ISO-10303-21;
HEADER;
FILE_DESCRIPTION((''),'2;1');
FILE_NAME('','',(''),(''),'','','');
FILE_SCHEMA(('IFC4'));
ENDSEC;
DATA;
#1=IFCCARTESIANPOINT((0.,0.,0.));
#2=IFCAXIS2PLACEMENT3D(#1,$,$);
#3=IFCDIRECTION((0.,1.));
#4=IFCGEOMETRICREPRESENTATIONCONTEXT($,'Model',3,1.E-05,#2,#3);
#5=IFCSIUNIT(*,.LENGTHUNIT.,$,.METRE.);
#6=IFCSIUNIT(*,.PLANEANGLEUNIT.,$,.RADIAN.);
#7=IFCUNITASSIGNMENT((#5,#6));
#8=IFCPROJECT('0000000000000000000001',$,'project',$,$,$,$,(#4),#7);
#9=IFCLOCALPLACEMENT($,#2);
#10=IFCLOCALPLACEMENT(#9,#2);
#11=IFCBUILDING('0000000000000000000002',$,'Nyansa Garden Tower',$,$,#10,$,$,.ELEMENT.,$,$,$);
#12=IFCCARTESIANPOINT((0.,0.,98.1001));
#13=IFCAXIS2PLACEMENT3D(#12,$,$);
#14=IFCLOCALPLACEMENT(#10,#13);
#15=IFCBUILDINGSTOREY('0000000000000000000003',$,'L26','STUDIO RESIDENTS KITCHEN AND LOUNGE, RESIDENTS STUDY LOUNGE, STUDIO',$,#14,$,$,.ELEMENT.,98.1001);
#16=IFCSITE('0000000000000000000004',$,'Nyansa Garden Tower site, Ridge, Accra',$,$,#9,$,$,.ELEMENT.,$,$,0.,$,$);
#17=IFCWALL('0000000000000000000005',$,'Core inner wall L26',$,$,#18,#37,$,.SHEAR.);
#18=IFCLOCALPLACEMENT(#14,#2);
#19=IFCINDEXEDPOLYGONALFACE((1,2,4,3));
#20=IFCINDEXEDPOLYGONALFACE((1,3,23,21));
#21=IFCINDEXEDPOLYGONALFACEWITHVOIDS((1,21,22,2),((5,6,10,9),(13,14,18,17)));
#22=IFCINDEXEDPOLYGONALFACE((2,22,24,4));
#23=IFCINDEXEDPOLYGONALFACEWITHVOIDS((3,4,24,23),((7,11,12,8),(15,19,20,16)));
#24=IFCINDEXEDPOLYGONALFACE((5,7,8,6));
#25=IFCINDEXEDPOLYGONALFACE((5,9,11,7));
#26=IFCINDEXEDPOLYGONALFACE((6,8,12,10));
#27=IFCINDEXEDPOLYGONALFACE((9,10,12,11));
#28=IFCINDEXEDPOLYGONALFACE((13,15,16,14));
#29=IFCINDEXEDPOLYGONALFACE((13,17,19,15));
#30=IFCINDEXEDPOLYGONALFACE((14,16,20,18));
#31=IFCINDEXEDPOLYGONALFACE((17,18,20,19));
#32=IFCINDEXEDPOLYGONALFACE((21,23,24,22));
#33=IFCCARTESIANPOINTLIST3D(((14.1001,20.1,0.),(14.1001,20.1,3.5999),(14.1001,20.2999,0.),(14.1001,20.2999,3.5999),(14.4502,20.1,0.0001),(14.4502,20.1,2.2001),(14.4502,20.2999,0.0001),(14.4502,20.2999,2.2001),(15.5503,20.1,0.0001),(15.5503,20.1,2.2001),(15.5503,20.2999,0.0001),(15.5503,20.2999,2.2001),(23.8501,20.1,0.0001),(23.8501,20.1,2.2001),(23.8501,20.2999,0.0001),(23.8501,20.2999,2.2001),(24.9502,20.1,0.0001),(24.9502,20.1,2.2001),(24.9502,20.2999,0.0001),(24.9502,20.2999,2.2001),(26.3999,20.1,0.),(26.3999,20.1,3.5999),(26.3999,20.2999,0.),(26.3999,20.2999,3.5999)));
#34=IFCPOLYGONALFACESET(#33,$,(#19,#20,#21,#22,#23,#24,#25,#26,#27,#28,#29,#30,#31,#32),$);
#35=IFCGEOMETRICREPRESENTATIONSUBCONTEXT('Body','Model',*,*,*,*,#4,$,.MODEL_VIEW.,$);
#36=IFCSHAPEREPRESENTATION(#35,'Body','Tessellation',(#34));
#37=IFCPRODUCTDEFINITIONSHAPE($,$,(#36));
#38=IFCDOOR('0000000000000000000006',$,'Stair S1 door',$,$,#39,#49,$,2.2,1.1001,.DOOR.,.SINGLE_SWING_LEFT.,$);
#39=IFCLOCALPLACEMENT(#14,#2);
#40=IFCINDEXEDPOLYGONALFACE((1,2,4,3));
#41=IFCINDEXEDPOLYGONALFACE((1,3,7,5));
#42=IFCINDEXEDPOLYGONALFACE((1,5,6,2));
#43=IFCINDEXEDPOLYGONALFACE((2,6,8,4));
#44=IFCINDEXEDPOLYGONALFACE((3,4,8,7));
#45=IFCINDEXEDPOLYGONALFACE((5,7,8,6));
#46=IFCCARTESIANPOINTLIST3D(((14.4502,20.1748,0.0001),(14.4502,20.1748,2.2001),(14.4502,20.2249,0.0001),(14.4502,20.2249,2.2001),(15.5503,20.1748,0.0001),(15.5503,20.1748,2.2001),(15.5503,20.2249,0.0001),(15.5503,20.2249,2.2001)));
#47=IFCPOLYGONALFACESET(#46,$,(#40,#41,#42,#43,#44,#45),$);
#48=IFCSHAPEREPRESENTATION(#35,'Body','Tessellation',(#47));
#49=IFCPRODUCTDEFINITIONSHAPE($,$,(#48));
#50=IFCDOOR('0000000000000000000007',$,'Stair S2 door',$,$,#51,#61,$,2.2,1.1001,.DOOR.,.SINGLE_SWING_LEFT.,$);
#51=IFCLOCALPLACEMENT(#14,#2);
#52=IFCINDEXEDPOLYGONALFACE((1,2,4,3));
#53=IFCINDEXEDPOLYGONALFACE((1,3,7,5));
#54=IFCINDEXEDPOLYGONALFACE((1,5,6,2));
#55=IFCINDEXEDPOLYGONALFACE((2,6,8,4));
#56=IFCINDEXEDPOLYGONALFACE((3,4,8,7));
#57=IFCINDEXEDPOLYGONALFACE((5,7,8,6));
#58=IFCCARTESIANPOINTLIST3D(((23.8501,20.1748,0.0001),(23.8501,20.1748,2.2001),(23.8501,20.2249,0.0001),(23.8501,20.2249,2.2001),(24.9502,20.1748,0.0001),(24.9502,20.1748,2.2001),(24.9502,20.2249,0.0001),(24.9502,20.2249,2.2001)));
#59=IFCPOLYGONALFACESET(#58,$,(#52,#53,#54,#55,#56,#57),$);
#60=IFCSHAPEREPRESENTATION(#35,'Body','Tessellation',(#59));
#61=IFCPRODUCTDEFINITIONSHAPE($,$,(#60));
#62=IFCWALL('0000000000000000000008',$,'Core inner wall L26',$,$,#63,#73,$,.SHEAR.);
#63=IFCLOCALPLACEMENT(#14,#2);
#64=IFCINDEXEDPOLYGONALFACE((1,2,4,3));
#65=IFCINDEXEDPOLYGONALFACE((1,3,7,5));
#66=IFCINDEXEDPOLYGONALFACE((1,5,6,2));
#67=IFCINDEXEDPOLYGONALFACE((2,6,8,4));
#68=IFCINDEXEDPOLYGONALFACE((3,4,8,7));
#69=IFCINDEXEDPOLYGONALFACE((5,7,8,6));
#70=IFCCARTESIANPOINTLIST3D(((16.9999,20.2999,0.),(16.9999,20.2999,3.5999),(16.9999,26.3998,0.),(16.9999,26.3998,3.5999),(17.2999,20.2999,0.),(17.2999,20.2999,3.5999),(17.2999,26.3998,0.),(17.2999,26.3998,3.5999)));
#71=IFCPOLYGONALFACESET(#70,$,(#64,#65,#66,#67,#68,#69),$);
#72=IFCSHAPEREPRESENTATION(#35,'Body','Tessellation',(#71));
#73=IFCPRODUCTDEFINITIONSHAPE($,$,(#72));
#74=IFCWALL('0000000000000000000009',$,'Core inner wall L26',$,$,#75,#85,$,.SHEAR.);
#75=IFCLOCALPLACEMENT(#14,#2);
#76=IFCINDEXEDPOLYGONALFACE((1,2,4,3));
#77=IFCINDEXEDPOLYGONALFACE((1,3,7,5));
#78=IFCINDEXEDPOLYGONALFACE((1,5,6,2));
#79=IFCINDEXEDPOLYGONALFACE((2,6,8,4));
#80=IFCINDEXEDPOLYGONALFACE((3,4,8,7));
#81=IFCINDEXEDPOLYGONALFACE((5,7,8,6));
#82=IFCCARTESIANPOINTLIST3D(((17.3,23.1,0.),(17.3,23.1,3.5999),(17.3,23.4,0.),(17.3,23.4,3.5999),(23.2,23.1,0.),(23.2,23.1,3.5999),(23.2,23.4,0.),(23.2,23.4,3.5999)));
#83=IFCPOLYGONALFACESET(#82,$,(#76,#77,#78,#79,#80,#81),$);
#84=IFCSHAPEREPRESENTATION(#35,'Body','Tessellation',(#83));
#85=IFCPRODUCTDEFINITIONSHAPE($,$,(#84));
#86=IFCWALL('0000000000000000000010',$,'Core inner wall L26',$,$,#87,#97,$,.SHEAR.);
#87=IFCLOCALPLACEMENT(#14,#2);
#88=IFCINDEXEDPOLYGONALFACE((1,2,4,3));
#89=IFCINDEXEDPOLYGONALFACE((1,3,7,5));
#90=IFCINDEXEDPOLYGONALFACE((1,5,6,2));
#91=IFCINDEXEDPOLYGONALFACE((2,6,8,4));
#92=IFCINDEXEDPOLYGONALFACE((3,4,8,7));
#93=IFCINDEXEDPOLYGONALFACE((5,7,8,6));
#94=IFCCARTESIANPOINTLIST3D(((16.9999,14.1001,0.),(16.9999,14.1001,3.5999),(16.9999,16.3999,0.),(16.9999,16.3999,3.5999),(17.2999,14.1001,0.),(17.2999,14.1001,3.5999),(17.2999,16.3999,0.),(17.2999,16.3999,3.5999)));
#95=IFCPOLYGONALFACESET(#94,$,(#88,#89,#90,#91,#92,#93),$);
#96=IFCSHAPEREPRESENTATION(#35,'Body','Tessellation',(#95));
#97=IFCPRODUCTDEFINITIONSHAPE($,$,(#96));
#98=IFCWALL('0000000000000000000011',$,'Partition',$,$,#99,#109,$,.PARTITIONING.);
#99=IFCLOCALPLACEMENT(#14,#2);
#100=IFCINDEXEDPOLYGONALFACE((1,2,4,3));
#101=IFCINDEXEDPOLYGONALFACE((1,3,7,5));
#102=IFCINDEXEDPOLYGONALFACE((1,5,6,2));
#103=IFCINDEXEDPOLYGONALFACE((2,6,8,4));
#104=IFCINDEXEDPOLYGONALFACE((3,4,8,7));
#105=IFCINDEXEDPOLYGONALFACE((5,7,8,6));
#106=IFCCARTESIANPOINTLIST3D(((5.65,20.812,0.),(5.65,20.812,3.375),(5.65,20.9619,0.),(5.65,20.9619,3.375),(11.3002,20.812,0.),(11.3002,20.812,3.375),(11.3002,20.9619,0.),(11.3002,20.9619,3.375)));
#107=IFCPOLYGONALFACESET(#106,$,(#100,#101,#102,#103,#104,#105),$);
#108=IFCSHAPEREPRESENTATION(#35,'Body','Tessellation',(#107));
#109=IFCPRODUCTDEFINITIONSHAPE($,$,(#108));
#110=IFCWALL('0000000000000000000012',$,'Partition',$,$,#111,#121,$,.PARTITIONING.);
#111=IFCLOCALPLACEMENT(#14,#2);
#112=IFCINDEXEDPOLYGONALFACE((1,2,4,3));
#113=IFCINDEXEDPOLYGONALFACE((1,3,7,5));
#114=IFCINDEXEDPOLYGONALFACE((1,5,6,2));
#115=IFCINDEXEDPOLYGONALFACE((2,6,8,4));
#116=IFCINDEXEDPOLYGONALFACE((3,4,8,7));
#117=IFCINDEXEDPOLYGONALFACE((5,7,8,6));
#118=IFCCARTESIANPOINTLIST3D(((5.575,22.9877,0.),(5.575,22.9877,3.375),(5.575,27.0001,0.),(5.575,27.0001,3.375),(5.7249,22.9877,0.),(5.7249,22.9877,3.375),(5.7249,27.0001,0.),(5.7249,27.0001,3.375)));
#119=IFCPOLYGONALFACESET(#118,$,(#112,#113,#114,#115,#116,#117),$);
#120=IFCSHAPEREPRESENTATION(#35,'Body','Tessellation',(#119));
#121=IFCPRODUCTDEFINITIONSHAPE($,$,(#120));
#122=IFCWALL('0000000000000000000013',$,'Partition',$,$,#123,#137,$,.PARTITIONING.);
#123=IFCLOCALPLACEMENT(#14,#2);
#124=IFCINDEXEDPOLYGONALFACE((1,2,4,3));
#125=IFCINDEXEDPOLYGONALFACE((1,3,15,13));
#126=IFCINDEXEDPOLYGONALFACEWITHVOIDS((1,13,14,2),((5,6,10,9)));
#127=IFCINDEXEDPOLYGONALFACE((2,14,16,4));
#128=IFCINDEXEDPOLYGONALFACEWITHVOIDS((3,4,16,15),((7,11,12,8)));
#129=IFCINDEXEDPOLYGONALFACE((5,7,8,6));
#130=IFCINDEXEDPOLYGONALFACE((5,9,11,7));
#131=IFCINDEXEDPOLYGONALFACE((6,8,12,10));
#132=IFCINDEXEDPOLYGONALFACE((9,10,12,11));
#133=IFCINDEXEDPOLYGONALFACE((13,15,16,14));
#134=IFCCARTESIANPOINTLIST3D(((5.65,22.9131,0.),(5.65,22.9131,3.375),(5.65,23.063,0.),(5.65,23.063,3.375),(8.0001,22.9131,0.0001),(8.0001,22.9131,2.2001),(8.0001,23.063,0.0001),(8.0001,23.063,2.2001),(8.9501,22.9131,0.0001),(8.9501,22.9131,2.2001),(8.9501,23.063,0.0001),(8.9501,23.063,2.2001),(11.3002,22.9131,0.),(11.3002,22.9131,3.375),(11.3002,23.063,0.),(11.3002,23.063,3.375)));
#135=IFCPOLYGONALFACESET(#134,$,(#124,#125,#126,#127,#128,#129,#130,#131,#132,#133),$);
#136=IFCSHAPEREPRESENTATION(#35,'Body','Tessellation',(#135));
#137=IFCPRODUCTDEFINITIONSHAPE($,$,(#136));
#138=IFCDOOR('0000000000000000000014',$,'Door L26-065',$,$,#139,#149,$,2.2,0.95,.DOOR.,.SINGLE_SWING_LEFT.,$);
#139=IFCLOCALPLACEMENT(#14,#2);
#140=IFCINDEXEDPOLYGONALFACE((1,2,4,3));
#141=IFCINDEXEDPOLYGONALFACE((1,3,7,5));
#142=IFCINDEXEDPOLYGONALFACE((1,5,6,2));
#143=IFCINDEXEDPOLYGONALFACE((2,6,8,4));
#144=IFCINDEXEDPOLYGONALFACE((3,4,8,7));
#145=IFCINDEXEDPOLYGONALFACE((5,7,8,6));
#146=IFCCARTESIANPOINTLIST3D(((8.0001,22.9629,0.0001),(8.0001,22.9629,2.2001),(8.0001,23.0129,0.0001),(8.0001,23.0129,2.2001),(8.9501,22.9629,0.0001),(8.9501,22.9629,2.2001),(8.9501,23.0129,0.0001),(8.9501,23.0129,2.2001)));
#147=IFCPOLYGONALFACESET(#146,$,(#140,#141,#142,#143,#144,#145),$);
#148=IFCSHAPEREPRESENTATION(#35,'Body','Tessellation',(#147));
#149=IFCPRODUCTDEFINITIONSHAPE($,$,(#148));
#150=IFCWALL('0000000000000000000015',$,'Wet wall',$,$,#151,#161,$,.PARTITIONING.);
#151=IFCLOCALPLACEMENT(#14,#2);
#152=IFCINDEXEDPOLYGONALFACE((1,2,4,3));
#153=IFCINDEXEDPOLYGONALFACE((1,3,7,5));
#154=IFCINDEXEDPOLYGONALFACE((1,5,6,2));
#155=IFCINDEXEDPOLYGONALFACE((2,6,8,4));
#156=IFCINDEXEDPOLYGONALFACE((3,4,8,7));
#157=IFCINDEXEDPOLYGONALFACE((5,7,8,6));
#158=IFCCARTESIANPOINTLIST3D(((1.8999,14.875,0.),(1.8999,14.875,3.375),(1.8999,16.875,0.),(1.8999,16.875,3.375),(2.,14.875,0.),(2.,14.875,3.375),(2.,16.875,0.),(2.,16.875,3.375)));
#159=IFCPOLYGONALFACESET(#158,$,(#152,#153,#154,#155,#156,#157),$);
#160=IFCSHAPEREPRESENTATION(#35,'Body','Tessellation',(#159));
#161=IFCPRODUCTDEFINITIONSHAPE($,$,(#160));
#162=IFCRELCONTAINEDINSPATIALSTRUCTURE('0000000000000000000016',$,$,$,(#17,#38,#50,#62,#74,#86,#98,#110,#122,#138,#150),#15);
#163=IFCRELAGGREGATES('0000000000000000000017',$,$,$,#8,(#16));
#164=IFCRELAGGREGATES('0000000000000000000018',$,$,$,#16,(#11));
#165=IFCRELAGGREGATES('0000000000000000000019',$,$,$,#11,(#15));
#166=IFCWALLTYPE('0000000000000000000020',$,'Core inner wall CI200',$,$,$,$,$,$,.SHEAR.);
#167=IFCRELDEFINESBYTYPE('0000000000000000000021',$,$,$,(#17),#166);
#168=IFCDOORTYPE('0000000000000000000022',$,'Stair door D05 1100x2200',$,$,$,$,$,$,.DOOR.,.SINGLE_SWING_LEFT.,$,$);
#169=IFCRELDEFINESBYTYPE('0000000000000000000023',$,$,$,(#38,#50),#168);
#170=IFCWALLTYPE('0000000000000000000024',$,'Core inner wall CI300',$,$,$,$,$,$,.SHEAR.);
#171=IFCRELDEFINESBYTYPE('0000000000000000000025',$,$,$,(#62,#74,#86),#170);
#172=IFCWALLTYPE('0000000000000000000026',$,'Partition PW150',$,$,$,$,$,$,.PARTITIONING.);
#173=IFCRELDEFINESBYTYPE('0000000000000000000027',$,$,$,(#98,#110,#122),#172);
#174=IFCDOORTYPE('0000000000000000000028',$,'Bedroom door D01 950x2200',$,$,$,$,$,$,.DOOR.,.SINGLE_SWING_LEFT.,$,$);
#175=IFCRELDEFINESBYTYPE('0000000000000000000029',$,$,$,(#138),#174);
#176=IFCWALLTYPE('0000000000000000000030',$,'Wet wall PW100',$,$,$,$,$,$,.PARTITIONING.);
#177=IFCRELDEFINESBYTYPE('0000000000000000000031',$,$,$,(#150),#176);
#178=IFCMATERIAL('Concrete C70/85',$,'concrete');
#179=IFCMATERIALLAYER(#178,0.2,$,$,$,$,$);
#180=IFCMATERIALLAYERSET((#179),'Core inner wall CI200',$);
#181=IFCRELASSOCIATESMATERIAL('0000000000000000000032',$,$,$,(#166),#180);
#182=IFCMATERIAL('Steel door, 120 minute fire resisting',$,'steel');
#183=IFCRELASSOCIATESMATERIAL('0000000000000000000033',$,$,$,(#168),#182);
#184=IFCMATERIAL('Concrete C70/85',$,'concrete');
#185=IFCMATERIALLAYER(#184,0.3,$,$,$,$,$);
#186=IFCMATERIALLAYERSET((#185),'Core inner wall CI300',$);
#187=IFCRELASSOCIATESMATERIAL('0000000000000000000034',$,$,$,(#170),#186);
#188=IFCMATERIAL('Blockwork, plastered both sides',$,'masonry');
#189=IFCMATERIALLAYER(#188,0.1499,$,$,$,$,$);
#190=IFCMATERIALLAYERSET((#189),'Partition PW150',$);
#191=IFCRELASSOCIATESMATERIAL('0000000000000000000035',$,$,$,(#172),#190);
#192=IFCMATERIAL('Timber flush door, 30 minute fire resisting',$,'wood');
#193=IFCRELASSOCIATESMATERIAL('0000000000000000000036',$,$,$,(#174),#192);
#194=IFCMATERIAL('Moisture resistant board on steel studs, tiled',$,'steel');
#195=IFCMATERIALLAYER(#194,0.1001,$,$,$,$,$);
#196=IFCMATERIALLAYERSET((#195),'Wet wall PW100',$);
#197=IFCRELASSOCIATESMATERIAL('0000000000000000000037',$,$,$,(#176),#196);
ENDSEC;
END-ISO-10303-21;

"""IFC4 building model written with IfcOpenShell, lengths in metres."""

from ifc_helpers import new_model, si_unit, direction, frame, frame_2d, origin, place, context, subcontext, project, spatial, rectangle, extrude, material, layer, layer_set, type_object, element, fill, save


model = new_model("IFC4")

# Units and contexts
model_context = context("Model", 3, precision=1e-05, world=origin(), true_north=direction((0.0, 1.0)))
body_context = subcontext(model_context, "Body", "Model", "MODEL_VIEW")
ifc_project = project(units=[si_unit("LENGTHUNIT", "METRE"), si_unit("PLANEANGLEUNIT", "RADIAN")], contexts=[model_context])

# Site, building, storey
site_placement = place(None, origin())
site = spatial("IfcSite", under=ifc_project, at=site_placement, Name="Nyansa Garden Tower site, Ridge, Accra", CompositionType="ELEMENT", RefElevation=0.0)
building_placement = place(site_placement, origin())
building = spatial("IfcBuilding", under=site, at=building_placement, Name="Nyansa Garden Tower", CompositionType="ELEMENT")
storey_placement = place(building_placement, frame((0.0, 0.0, 98.1001)))
storey = spatial("IfcBuildingStorey", under=building, at=storey_placement, Name="L26", Description="STUDIO RESIDENTS KITCHEN AND LOUNGE, RESIDENTS STUDY LOUNGE, STUDIO", CompositionType="ELEMENT", Elevation=98.1001)

# Wall, openings, doors
ifc_material_1 = material(Name="Concrete C70/85", Category="concrete")
ifc_layer_1 = layer(ifc_material_1, 0.2)
ifc_layer_set_1 = layer_set([ifc_layer_1], Name="Core inner wall CI200")
wall_type_1 = type_object("IfcWallType", Name="Core inner wall CI200", PredefinedType="SHEAR", material=ifc_layer_set_1)
wall_1_placement = place(storey_placement, frame((14.1001, 20.2, 0.0), z_axis=(0.0, 0.0, 1.0), x_axis=(1.0, 0.0, 0.0)))
wall_1 = element("IfcWall", 1, at=wall_1_placement, inside=storey, type_object=wall_type_1, Name="Core inner wall L26", PredefinedType="SHEAR", context=body_context, shape_type="SweptSolid", body=[
    extrude(rectangle(XDim=12.2998, YDim=0.2, at=frame_2d((6.1499, 0.0))), origin(), (0.0, 0.0, 1.0), 3.5999),
])
opening_1_placement = place(wall_1_placement, frame((0.3501, 0.0, 0.0)))
opening_1 = element("IfcOpeningElement", 2, at=opening_1_placement, cuts=wall_1, PredefinedType="OPENING", context=body_context, shape_type="SweptSolid", body=[
    extrude(rectangle(XDim=1.1001, YDim=2.2, at=frame_2d((0.55, 1.1001))), frame((0.0, 0.1099, 0.0), z_axis=(0.0, -1.0, 0.0), x_axis=(1.0, 0.0, 0.0)), (0.0, 0.0, 1.0), 0.22),
])
opening_2_placement = place(wall_1_placement, frame((9.75, 0.0, 0.0)))
opening_2 = element("IfcOpeningElement", 3, at=opening_2_placement, cuts=wall_1, PredefinedType="OPENING", context=body_context, shape_type="SweptSolid", body=[
    extrude(rectangle(XDim=1.1001, YDim=2.2, at=frame_2d((0.55, 1.1001))), frame((0.0, 0.1099, 0.0), z_axis=(0.0, -1.0, 0.0), x_axis=(1.0, 0.0, 0.0)), (0.0, 0.0, 1.0), 0.22),
])
ifc_material_2 = material(Name="Steel door, 120 minute fire resisting", Category="steel")
door_type_1 = type_object("IfcDoorType", Name="Stair door D05 1100x2200", OperationType="SINGLE_SWING_LEFT", PredefinedType="DOOR", material=ifc_material_2)
door_1_placement = place(opening_1_placement, origin())
door_1 = element("IfcDoor", 4, at=door_1_placement, inside=storey, type_object=door_type_1, Name="Stair S1 door", OperationType="SINGLE_SWING_LEFT", OverallHeight=2.2, OverallWidth=1.1001, PredefinedType="DOOR", context=body_context, shape_type="SweptSolid", body=[
    extrude(rectangle(XDim=1.1001, YDim=2.2, at=frame_2d((0.55, 1.1001))), frame((0.0, 0.0249, 0.0), z_axis=(0.0, -1.0, 0.0), x_axis=(1.0, 0.0, 0.0)), (0.0, 0.0, 1.0), 0.05),
])
fill(opening_1, door_1)
door_2_placement = place(opening_2_placement, origin())
door_2 = element("IfcDoor", 5, at=door_2_placement, inside=storey, type_object=door_type_1, Name="Stair S2 door", OperationType="SINGLE_SWING_LEFT", OverallHeight=2.2, OverallWidth=1.1001, PredefinedType="DOOR", context=body_context, shape_type="SweptSolid", body=[
    extrude(rectangle(XDim=1.1001, YDim=2.2, at=frame_2d((0.55, 1.1001))), frame((0.0, 0.0249, 0.0), z_axis=(0.0, -1.0, 0.0), x_axis=(1.0, 0.0, 0.0)), (0.0, 0.0, 1.0), 0.05),
])
fill(opening_2, door_2)

# Walls
ifc_material_3 = material(Name="Concrete C70/85", Category="concrete")
ifc_layer_2 = layer(ifc_material_3, 0.3)
ifc_layer_set_2 = layer_set([ifc_layer_2], Name="Core inner wall CI300")
wall_type_2 = type_object("IfcWallType", Name="Core inner wall CI300", PredefinedType="SHEAR", material=ifc_layer_set_2)
wall_2_placement = place(storey_placement, frame((17.1499, 20.3, 0.0), z_axis=(0.0, 0.0, 1.0), x_axis=(0.0, 1.0, 0.0)))
element("IfcWall", 6, at=wall_2_placement, inside=storey, type_object=wall_type_2, Name="Core inner wall L26", PredefinedType="SHEAR", context=body_context, shape_type="SweptSolid", body=[
    extrude(rectangle(XDim=6.0999, YDim=0.3, at=frame_2d((3.0498, 0.0))), origin(), (0.0, 0.0, 1.0), 3.5999),
])
wall_3_placement = place(storey_placement, frame((17.3, 23.25, 0.0), z_axis=(0.0, 0.0, 1.0), x_axis=(1.0, 0.0, 0.0)))
element("IfcWall", 7, at=wall_3_placement, inside=storey, type_object=wall_type_2, Name="Core inner wall L26", PredefinedType="SHEAR", context=body_context, shape_type="SweptSolid", body=[
    extrude(rectangle(XDim=5.8999, YDim=0.3, at=frame_2d((2.95, 0.0))), origin(), (0.0, 0.0, 1.0), 3.5999),
])
wall_4_placement = place(storey_placement, frame((17.1499, 14.1001, 0.0), z_axis=(0.0, 0.0, 1.0), x_axis=(0.0, 1.0, 0.0)))
element("IfcWall", 8, at=wall_4_placement, inside=storey, type_object=wall_type_2, Name="Core inner wall L26", PredefinedType="SHEAR", context=body_context, shape_type="SweptSolid", body=[
    extrude(rectangle(XDim=2.2998, YDim=0.3, at=frame_2d((1.1499, 0.0))), origin(), (0.0, 0.0, 1.0), 3.5999),
])
ifc_material_4 = material(Name="Blockwork, plastered both sides", Category="masonry")
ifc_layer_3 = layer(ifc_material_4, 0.1499)
ifc_layer_set_3 = layer_set([ifc_layer_3], Name="Partition PW150")
wall_type_3 = type_object("IfcWallType", Name="Partition PW150", PredefinedType="PARTITIONING", material=ifc_layer_set_3)
wall_5_placement = place(storey_placement, frame((5.6499, 20.887, 0.0), z_axis=(0.0, 0.0, 1.0), x_axis=(1.0, 0.0, 0.0)))
element("IfcWall", 9, at=wall_5_placement, inside=storey, type_object=wall_type_3, Name="Partition", PredefinedType="PARTITIONING", context=body_context, shape_type="SweptSolid", body=[
    extrude(rectangle(XDim=5.6501, YDim=0.1499, at=frame_2d((2.8252, 0.0))), origin(), (0.0, 0.0, 1.0), 3.375),
])
wall_6_placement = place(storey_placement, frame((5.6499, 22.9875, 0.0), z_axis=(0.0, 0.0, 1.0), x_axis=(0.0, 1.0, 0.0)))
element("IfcWall", 10, at=wall_6_placement, inside=storey, type_object=wall_type_3, Name="Partition", PredefinedType="PARTITIONING", context=body_context, shape_type="SweptSolid", body=[
    extrude(rectangle(XDim=4.0125, YDim=0.1499, at=frame_2d((2.0063, 0.0))), origin(), (0.0, 0.0, 1.0), 3.375),
])

# Wall, opening, door
wall_7_placement = place(storey_placement, frame((5.6499, 22.988, 0.0), z_axis=(0.0, 0.0, 1.0), x_axis=(1.0, 0.0, 0.0)))
wall_7 = element("IfcWall", 11, at=wall_7_placement, inside=storey, type_object=wall_type_3, Name="Partition", PredefinedType="PARTITIONING", context=body_context, shape_type="SweptSolid", body=[
    extrude(rectangle(XDim=5.6501, YDim=0.1499, at=frame_2d((2.8252, 0.0))), origin(), (0.0, 0.0, 1.0), 3.375),
])
opening_3_placement = place(wall_7_placement, frame((2.3501, 0.0, 0.0)))
opening_3 = element("IfcOpeningElement", 12, at=opening_3_placement, cuts=wall_7, PredefinedType="OPENING", context=body_context, shape_type="SweptSolid", body=[
    extrude(rectangle(XDim=0.95, YDim=2.2, at=frame_2d((0.4751, 1.1001))), frame((0.0, 0.085, 0.0), z_axis=(0.0, -1.0, 0.0), x_axis=(1.0, 0.0, 0.0)), (0.0, 0.0, 1.0), 0.1699),
])
ifc_material_5 = material(Name="Timber flush door, 30 minute fire resisting", Category="wood")
door_type_2 = type_object("IfcDoorType", Name="Bedroom door D01 950x2200", OperationType="SINGLE_SWING_LEFT", PredefinedType="DOOR", material=ifc_material_5)
door_3_placement = place(opening_3_placement, origin())
door_3 = element("IfcDoor", 13, at=door_3_placement, inside=storey, type_object=door_type_2, Name="Door L26-065", OperationType="SINGLE_SWING_LEFT", OverallHeight=2.2, OverallWidth=0.95, PredefinedType="DOOR", context=body_context, shape_type="SweptSolid", body=[
    extrude(rectangle(XDim=0.95, YDim=2.2, at=frame_2d((0.4751, 1.1001))), frame((0.0, 0.0249, 0.0), z_axis=(0.0, -1.0, 0.0), x_axis=(1.0, 0.0, 0.0)), (0.0, 0.0, 1.0), 0.05),
])
fill(opening_3, door_3)

# Wall
ifc_material_6 = material(Name="Moisture resistant board on steel studs, tiled", Category="steel")
ifc_layer_4 = layer(ifc_material_6, 0.1001)
ifc_layer_set_4 = layer_set([ifc_layer_4], Name="Wet wall PW100")
wall_type_4 = type_object("IfcWallType", Name="Wet wall PW100", PredefinedType="PARTITIONING", material=ifc_layer_set_4)
wall_8_placement = place(storey_placement, frame((1.95, 14.875, 0.0), z_axis=(0.0, 0.0, 1.0), x_axis=(0.0, 1.0, 0.0)))
element("IfcWall", 14, at=wall_8_placement, inside=storey, type_object=wall_type_4, Name="Wet wall", PredefinedType="PARTITIONING", context=body_context, shape_type="SweptSolid", body=[
    extrude(rectangle(XDim=2.0, YDim=0.1001, at=frame_2d((1.0, 0.0))), origin(), (0.0, 0.0, 1.0), 3.375),
])

save(model, "model.ifc")
